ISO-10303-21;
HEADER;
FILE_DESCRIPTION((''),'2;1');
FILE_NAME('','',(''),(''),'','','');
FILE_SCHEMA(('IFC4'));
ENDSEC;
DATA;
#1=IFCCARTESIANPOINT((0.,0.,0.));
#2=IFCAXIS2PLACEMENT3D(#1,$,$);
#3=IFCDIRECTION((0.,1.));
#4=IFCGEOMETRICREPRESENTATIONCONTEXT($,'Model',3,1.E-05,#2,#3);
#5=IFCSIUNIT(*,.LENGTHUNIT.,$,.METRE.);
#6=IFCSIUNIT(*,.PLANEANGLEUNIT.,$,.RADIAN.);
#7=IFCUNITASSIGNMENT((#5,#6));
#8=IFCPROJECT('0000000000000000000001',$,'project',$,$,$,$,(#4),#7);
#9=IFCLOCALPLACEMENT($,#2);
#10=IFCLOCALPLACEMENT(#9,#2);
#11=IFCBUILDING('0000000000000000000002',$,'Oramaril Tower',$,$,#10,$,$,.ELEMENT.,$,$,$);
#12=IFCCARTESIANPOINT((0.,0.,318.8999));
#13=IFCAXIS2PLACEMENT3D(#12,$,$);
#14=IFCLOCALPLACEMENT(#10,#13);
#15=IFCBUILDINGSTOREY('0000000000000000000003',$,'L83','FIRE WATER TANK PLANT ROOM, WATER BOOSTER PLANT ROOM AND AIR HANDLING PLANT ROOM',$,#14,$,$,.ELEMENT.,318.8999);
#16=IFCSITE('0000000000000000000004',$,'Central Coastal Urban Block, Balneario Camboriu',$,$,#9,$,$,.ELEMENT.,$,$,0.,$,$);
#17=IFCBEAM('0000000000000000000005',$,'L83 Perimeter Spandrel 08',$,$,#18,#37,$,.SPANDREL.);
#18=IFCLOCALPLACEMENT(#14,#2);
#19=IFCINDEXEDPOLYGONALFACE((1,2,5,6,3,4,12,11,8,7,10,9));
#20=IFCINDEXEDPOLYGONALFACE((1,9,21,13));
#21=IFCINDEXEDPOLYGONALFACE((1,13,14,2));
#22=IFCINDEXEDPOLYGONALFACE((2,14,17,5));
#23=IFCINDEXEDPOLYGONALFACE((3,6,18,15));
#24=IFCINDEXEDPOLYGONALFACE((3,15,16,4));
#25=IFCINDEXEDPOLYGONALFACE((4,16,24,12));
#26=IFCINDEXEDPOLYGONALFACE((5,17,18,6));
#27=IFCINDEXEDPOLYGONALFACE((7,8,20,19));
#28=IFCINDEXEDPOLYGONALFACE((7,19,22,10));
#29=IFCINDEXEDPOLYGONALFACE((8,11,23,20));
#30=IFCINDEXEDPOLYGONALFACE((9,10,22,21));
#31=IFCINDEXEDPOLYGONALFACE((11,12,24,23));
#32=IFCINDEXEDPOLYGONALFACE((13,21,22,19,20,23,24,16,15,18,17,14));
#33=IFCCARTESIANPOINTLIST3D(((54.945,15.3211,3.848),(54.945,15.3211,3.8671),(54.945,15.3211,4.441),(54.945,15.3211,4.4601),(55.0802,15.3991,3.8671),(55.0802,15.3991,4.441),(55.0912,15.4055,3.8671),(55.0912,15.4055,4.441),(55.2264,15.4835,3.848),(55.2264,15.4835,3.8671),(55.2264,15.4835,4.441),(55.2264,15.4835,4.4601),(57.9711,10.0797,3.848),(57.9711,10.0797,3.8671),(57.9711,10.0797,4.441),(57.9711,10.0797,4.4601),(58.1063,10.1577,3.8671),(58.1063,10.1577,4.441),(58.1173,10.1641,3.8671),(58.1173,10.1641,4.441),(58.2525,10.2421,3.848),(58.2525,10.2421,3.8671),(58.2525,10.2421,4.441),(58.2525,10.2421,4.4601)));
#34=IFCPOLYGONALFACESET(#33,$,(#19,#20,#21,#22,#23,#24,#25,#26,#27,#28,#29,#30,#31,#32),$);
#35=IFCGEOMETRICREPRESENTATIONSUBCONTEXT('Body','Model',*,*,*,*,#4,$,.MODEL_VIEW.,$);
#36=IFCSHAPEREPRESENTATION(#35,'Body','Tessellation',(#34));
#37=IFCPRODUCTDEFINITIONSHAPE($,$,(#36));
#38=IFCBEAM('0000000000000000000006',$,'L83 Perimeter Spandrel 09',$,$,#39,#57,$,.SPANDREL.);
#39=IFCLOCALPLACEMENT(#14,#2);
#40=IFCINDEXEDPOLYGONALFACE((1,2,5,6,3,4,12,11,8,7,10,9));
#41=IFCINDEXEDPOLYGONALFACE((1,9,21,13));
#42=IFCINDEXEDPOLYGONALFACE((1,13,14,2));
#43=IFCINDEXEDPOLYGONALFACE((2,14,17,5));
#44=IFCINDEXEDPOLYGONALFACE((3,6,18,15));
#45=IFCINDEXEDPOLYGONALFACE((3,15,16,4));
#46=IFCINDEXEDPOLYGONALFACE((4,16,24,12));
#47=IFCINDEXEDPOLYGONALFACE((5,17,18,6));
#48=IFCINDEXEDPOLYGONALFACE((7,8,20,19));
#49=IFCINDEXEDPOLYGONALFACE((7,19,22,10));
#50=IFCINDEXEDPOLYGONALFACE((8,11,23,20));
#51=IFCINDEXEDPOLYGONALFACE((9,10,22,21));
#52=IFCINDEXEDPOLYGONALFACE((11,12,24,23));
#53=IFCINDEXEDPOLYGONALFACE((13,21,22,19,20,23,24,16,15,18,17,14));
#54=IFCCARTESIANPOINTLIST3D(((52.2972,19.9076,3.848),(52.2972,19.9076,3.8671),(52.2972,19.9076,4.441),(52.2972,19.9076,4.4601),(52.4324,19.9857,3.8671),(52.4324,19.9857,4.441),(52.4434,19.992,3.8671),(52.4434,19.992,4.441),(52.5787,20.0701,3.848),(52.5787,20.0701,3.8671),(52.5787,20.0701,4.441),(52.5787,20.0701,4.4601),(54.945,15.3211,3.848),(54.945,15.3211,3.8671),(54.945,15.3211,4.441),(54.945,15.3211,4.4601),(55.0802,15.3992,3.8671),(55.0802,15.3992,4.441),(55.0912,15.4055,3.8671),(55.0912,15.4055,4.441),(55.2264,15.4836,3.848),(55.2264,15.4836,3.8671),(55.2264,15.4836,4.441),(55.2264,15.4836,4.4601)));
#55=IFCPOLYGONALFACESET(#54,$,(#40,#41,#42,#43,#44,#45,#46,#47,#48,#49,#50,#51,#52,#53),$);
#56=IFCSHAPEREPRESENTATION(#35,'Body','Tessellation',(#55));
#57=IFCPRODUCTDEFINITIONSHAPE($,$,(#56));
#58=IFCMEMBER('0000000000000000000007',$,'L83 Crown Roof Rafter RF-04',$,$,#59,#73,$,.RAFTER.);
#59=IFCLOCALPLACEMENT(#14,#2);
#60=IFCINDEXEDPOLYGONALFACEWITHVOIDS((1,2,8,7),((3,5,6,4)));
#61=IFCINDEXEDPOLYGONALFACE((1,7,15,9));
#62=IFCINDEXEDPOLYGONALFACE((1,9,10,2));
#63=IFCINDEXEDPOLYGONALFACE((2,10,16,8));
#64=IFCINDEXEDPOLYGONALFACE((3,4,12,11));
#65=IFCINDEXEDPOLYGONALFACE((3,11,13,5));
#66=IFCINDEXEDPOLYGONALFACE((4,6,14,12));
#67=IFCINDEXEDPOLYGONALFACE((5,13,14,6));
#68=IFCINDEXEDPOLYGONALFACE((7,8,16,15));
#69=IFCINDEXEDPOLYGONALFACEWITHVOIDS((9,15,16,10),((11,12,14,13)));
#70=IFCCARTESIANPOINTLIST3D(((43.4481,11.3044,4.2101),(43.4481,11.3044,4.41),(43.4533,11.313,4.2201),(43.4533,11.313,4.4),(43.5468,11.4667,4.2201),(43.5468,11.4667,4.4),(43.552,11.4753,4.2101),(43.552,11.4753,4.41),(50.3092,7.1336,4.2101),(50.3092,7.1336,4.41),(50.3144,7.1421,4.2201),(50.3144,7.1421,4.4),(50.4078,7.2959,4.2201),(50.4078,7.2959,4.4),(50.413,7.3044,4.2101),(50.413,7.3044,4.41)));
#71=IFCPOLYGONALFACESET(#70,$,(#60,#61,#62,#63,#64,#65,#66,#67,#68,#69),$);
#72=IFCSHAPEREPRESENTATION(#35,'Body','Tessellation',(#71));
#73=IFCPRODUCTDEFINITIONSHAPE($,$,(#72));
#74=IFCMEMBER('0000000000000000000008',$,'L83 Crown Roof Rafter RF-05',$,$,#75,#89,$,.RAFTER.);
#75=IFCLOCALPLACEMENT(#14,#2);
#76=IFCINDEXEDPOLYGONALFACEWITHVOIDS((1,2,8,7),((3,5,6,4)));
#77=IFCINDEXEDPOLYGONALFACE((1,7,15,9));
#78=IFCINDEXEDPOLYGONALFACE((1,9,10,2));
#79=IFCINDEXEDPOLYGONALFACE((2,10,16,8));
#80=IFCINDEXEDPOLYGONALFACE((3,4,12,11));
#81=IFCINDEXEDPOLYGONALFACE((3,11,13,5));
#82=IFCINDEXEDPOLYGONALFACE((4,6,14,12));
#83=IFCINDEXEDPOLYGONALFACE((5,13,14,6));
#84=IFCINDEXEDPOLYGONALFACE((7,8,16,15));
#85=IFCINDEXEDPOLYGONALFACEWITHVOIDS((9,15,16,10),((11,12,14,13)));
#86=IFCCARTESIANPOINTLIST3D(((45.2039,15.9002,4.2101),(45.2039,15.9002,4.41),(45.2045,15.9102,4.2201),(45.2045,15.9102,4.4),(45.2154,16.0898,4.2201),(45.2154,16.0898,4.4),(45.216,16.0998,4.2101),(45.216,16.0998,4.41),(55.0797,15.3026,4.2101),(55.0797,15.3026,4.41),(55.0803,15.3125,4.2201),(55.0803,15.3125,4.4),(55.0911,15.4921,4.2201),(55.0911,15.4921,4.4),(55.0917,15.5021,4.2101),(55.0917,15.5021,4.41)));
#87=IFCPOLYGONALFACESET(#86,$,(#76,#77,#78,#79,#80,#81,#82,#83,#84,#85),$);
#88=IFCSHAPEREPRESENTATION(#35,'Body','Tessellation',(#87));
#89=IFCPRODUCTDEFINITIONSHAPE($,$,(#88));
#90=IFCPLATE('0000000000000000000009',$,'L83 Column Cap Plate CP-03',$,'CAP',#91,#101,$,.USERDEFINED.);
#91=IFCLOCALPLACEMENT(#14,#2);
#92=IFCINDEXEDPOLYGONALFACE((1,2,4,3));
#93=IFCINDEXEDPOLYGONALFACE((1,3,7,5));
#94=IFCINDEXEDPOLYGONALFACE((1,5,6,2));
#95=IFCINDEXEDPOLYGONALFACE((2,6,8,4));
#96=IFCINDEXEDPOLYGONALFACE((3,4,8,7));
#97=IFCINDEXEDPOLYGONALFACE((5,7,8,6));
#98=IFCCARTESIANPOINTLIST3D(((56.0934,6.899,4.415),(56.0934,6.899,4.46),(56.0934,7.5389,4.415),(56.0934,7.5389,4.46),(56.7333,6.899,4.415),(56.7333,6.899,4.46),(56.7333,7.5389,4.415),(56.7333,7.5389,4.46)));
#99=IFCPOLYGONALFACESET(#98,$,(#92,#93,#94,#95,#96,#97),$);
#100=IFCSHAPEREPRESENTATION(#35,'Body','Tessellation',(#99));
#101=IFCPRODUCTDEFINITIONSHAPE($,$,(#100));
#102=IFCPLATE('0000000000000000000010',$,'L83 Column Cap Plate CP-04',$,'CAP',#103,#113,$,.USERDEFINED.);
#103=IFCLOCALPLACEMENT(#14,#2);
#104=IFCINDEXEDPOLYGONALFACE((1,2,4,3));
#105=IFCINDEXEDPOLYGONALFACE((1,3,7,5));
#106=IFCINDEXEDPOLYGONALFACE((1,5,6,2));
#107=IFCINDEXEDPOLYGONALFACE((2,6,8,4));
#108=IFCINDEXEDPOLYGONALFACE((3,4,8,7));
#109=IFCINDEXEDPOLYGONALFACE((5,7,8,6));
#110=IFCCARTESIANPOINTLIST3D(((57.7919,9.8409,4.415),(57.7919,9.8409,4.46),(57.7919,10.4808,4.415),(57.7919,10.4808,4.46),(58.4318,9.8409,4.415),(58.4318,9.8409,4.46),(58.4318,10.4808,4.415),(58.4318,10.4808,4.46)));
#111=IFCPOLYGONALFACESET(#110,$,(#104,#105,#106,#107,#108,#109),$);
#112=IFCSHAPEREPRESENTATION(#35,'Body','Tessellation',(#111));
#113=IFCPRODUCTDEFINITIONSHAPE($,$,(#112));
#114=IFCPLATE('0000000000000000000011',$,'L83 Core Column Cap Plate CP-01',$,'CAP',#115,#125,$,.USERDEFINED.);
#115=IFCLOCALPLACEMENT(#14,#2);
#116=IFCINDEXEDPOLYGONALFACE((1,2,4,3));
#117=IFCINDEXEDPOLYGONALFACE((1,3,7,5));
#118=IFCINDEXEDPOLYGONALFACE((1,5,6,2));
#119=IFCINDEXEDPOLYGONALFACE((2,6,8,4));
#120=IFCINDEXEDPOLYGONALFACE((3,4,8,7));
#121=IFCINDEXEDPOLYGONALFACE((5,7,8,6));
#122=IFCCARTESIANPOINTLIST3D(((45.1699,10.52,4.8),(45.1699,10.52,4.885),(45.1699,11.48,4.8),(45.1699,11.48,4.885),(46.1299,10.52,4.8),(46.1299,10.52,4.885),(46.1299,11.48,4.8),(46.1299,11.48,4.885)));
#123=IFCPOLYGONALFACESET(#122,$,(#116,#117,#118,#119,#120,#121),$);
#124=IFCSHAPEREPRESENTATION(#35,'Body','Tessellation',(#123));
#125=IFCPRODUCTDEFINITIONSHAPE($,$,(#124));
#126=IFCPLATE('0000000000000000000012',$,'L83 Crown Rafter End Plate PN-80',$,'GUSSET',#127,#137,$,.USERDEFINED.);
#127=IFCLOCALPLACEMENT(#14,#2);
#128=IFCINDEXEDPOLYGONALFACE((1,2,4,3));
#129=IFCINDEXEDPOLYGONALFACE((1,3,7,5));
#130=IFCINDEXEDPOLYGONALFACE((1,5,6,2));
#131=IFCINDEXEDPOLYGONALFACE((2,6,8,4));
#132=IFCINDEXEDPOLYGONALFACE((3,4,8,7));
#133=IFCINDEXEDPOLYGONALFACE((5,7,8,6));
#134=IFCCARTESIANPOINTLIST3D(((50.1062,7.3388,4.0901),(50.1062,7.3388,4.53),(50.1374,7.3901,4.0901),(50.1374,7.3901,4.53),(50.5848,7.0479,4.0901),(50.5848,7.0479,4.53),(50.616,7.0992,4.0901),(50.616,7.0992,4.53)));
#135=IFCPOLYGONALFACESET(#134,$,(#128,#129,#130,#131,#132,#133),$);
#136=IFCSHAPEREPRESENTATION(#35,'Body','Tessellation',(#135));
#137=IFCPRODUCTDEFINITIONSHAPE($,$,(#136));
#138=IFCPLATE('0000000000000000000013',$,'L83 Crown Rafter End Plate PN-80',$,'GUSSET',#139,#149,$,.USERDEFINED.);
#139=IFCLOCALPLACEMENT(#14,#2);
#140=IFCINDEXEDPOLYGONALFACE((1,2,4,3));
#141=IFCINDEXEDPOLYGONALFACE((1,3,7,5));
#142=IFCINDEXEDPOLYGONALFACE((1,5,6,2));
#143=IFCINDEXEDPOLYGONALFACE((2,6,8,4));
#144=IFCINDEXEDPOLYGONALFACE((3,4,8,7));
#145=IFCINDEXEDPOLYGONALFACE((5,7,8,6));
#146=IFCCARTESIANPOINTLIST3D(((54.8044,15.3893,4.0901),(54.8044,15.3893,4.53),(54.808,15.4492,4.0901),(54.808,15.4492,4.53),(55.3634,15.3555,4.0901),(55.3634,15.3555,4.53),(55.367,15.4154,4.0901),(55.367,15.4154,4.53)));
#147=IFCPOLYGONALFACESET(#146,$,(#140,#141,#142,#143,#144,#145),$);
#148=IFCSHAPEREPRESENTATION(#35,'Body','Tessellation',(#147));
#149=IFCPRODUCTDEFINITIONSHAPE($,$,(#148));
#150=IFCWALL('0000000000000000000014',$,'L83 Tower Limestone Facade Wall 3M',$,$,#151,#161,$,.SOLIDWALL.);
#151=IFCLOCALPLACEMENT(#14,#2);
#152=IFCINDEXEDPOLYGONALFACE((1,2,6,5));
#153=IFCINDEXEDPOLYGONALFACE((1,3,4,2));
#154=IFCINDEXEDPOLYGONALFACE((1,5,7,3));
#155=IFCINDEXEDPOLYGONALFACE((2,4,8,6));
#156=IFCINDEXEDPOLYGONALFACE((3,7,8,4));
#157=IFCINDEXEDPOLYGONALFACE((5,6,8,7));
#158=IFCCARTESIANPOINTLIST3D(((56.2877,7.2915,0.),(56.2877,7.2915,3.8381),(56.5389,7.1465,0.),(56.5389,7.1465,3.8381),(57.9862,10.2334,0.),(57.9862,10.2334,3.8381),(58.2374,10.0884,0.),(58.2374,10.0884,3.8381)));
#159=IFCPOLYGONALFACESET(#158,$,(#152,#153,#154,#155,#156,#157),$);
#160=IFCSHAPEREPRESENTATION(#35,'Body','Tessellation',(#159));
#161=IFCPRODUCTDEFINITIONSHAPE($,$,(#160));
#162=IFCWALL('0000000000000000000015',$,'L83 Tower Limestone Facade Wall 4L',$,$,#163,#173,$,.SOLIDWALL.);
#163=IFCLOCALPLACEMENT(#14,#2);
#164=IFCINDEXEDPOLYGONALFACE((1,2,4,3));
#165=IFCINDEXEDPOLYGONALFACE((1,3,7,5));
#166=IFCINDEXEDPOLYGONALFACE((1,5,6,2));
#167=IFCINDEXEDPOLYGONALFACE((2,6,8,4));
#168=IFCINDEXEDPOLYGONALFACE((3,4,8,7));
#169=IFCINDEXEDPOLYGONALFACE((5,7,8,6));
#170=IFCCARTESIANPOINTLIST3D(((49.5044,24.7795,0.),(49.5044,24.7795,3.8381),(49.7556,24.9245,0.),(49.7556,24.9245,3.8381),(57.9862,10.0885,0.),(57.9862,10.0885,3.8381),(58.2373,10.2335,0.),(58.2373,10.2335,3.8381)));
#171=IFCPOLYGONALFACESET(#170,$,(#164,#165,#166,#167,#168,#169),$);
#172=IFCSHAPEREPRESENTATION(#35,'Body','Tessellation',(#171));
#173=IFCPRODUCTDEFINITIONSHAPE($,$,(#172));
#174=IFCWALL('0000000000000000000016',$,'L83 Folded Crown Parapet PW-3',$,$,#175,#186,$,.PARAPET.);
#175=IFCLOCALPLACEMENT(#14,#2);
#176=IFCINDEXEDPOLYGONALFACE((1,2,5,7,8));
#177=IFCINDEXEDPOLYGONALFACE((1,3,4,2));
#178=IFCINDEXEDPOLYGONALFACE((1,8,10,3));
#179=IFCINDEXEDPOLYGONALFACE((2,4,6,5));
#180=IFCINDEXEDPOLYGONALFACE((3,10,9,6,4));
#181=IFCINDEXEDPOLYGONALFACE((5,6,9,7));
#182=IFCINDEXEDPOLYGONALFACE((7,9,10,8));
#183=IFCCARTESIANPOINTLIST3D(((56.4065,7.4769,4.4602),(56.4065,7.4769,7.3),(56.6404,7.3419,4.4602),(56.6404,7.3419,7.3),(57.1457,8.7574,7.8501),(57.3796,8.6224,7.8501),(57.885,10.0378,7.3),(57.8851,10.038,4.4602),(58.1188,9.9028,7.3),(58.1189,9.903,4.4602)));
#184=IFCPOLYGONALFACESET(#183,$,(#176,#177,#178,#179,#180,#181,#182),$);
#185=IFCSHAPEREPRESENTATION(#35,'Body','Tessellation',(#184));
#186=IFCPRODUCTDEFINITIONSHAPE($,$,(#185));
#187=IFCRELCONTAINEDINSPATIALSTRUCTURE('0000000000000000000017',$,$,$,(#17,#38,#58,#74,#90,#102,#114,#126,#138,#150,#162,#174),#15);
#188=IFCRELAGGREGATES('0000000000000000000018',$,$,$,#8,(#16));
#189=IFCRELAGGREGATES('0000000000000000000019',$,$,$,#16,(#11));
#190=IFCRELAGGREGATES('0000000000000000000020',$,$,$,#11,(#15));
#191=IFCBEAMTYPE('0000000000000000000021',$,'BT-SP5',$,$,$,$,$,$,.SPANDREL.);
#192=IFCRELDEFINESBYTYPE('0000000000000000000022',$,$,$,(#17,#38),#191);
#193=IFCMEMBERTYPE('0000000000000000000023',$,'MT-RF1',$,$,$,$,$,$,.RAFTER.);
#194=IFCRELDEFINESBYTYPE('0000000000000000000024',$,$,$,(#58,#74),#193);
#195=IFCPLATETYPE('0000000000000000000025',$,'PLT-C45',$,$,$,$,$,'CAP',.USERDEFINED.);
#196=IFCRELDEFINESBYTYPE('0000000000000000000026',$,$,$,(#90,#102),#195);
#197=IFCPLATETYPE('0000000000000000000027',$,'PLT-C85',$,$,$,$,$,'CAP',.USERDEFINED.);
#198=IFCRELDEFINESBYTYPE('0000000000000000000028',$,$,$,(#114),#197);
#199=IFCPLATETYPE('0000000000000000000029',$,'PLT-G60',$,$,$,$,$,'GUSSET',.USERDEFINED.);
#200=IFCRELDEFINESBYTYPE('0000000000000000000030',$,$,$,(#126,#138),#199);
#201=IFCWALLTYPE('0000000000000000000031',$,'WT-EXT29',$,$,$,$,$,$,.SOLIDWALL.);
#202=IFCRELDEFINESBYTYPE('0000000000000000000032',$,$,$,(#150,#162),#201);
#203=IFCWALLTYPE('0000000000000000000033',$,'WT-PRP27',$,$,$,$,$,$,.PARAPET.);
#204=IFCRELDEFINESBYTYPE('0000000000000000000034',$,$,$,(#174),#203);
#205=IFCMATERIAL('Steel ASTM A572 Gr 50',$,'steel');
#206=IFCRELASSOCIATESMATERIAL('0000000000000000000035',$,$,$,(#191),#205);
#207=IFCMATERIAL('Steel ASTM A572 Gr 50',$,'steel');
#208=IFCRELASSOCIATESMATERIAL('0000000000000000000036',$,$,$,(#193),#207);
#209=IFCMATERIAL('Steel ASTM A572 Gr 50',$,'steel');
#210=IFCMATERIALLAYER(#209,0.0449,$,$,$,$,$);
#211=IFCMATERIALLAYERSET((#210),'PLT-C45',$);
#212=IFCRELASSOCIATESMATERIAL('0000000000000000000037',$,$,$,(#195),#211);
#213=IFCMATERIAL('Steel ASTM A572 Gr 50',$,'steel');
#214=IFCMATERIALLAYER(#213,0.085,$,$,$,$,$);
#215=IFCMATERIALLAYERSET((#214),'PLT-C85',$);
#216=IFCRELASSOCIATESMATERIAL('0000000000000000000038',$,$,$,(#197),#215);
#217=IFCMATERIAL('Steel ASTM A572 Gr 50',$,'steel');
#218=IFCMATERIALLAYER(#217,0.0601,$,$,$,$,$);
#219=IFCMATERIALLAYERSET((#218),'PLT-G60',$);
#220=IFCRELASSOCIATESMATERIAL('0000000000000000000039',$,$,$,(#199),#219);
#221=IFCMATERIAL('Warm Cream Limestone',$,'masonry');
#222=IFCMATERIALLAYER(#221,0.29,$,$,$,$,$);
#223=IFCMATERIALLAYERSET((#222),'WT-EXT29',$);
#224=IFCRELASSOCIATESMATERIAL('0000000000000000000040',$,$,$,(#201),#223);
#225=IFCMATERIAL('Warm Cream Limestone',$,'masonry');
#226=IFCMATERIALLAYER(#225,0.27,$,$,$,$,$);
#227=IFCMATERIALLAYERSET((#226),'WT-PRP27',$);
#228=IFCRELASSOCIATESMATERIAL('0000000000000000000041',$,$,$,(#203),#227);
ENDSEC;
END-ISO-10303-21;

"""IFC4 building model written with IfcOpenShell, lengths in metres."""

from ifc_helpers import new_model, si_unit, direction, frame, frame_2d, origin, origin_2d, place, context, subcontext, project, spatial, polyline, rectangle, hollow_rectangle, i_section, outline, extrude, material, layer, layer_set, material_profile, profile_set, type_object, element, save


model = new_model("IFC4")

# Units and contexts
model_context = context("Model", 3, precision=1e-05, world=origin(), true_north=direction((0.0, 1.0)))
body_context = subcontext(model_context, "Body", "Model", "MODEL_VIEW")
ifc_project = project(units=[si_unit("LENGTHUNIT", "METRE"), si_unit("PLANEANGLEUNIT", "RADIAN")], contexts=[model_context])

# Site, building, storey
site_placement = place(None, origin())
site = spatial("IfcSite", under=ifc_project, at=site_placement, Name="Central Coastal Urban Block, Balneario Camboriu", CompositionType="ELEMENT", RefElevation=0.0)
building_placement = place(site_placement, origin())
building = spatial("IfcBuilding", under=site, at=building_placement, Name="Oramaril Tower", CompositionType="ELEMENT")
storey_placement = place(building_placement, frame((0.0, 0.0, 318.8999)))
storey = spatial("IfcBuildingStorey", under=building, at=storey_placement, Name="L83", Description="FIRE WATER TANK PLANT ROOM, WATER BOOSTER PLANT ROOM AND AIR HANDLING PLANT ROOM", CompositionType="ELEMENT", Elevation=318.8999)

# Beams
ifc_material_1 = material(Name="Steel ASTM A572 Gr 50", Category="steel")
ifc_material_profile_1 = material_profile(ifc_material_1, i_section(OverallWidth=0.325, OverallDepth=0.6121, WebThickness=0.0127, FlangeThickness=0.019, at=origin_2d()), Name="W24X104")
ifc_profile_set_1 = profile_set([ifc_material_profile_1], Name="Steel ASTM A572 Gr 50")
beam_type_1 = type_object("IfcBeamType", Name="BT-SP5", PredefinedType="SPANDREL", material=ifc_profile_set_1)
beam_1_placement = place(storey_placement, frame((58.1118, 10.1609, 4.1541), z_axis=(-0.499996, 0.866028, 0.0), x_axis=(-0.866028, -0.499996, 0.0)))
element("IfcBeam", 1, at=beam_1_placement, inside=storey, type_object=beam_type_1, Name="L83 Perimeter Spandrel 08", PredefinedType="SPANDREL", context=body_context, shape_type="SweptSolid", body=[
    extrude(i_section(OverallWidth=0.325, OverallDepth=0.6121, WebThickness=0.0127, FlangeThickness=0.019, at=origin_2d()), origin(), (0.0, 0.0, 1.0), 6.0522),
])
beam_2_placement = place(storey_placement, frame((55.0857, 15.4023, 4.1541), z_axis=(-0.499962, 0.866047, 0.0), x_axis=(-0.866047, -0.499962, 0.0)))
element("IfcBeam", 2, at=beam_2_placement, inside=storey, type_object=beam_type_1, Name="L83 Perimeter Spandrel 09", PredefinedType="SPANDREL", context=body_context, shape_type="SweptSolid", body=[
    extrude(i_section(OverallWidth=0.325, OverallDepth=0.6121, WebThickness=0.0127, FlangeThickness=0.019, at=origin_2d()), origin(), (0.0, 0.0, 1.0), 5.2959),
])

# Members
ifc_material_2 = material(Name="Steel ASTM A572 Gr 50", Category="steel")
ifc_material_profile_2 = material_profile(ifc_material_2, hollow_rectangle(XDim=0.2, YDim=0.2, WallThickness=0.01, at=origin_2d()), Name="HSS200X200X10")
ifc_profile_set_2 = profile_set([ifc_material_profile_2], Name="Steel ASTM A572 Gr 50")
member_type = type_object("IfcMemberType", Name="MT-RF1", PredefinedType="RAFTER", material=ifc_profile_set_2)
member_1_placement = place(storey_placement, frame((50.3611, 7.219, 4.3101), z_axis=(-0.854498, 0.519455, 0.0), x_axis=(-0.519455, -0.854498, 0.0)))
element("IfcMember", 3, at=member_1_placement, inside=storey, type_object=member_type, Name="L83 Crown Roof Rafter RF-04", PredefinedType="RAFTER", context=body_context, shape_type="SweptSolid", body=[
    extrude(hollow_rectangle(XDim=0.2, YDim=0.2, WallThickness=0.01, at=origin_2d()), origin(), (0.0, 0.0, 1.0), 8.0293),
])
member_2_placement = place(storey_placement, frame((55.0857, 15.4023, 4.3101), z_axis=(-0.998174, 0.060407, 0.0), x_axis=(-0.060407, -0.998174, 0.0)))
element("IfcMember", 4, at=member_2_placement, inside=storey, type_object=member_type, Name="L83 Crown Roof Rafter RF-05", PredefinedType="RAFTER", context=body_context, shape_type="SweptSolid", body=[
    extrude(hollow_rectangle(XDim=0.2, YDim=0.2, WallThickness=0.01, at=origin_2d()), origin(), (0.0, 0.0, 1.0), 9.8938),
])

# Plates
ifc_material_3 = material(Name="Steel ASTM A572 Gr 50", Category="steel")
ifc_layer_1 = layer(ifc_material_3, 0.0449)
ifc_layer_set_1 = layer_set([ifc_layer_1], Name="PLT-C45")
plate_type_1 = type_object("IfcPlateType", Name="PLT-C45", ElementType="CAP", PredefinedType="USERDEFINED", material=ifc_layer_set_1)
for number, where, z_axis, x_axis, name in (
    (5, (56.4133, 7.219, 4.415), (0.0, 0.0, 1.0), (1.0, 0.0, 0.0), "L83 Column Cap Plate CP-03"),
    (6, (58.1118, 10.1609, 4.415), (0.0, 0.0, 1.0), (1.0, 0.0, 0.0), "L83 Column Cap Plate CP-04"),
):
    element("IfcPlate", number, at=place(storey_placement, frame(where, z_axis=z_axis, x_axis=x_axis)), inside=storey, type_object=plate_type_1, Name=name, ObjectType="CAP", PredefinedType="USERDEFINED", context=body_context, shape_type="SweptSolid", body=[
        extrude(rectangle(XDim=0.6399, YDim=0.6399, at=origin_2d()), origin(), (0.0, 0.0, 1.0), 0.0449),
    ])
ifc_material_4 = material(Name="Steel ASTM A572 Gr 50", Category="steel")
ifc_layer_2 = layer(ifc_material_4, 0.085)
ifc_layer_set_2 = layer_set([ifc_layer_2], Name="PLT-C85")
plate_type_2 = type_object("IfcPlateType", Name="PLT-C85", ElementType="CAP", PredefinedType="USERDEFINED", material=ifc_layer_set_2)
plate_placement = place(storey_placement, frame((45.6499, 11.0, 4.8), z_axis=(0.0, 0.0, 1.0), x_axis=(1.0, 0.0, 0.0)))
element("IfcPlate", 7, at=plate_placement, inside=storey, type_object=plate_type_2, Name="L83 Core Column Cap Plate CP-01", ObjectType="CAP", PredefinedType="USERDEFINED", context=body_context, shape_type="SweptSolid", body=[
    extrude(rectangle(XDim=0.96, YDim=0.96, at=origin_2d()), origin(), (0.0, 0.0, 1.0), 0.085),
])
ifc_material_5 = material(Name="Steel ASTM A572 Gr 50", Category="steel")
ifc_layer_3 = layer(ifc_material_5, 0.0601)
ifc_layer_set_3 = layer_set([ifc_layer_3], Name="PLT-G60")
plate_type_3 = type_object("IfcPlateType", Name="PLT-G60", ElementType="GUSSET", PredefinedType="USERDEFINED", material=ifc_layer_set_3)
for number, where, z_axis, x_axis, name in (
    (8, (50.3611, 7.219, 4.0901), (0.0, 0.0, 1.0), (-0.854492, 0.519464, 0.0), "L83 Crown Rafter End Plate PN-80"),
    (9, (55.0857, 15.4023, 4.0901), (0.0, 0.0, 1.0), (-0.998174, 0.0604, 0.0), "L83 Crown Rafter End Plate PN-80"),
):
    element("IfcPlate", number, at=place(storey_placement, frame(where, z_axis=z_axis, x_axis=x_axis)), inside=storey, type_object=plate_type_3, Name=name, ObjectType="GUSSET", PredefinedType="USERDEFINED", context=body_context, shape_type="SweptSolid", body=[
        extrude(rectangle(XDim=0.5601, YDim=0.0601, at=origin_2d()), origin(), (0.0, 0.0, 1.0), 0.4399),
    ])

# Walls
ifc_material_6 = material(Name="Warm Cream Limestone", Category="masonry")
ifc_layer_4 = layer(ifc_material_6, 0.29)
ifc_layer_set_4 = layer_set([ifc_layer_4], Name="WT-EXT29")
wall_type_1 = type_object("IfcWallType", Name="WT-EXT29", PredefinedType="SOLIDWALL", material=ifc_layer_set_4)
wall_1_placement = place(storey_placement, frame((56.4133, 7.219, 0.0), z_axis=(0.0, 0.0, 1.0), x_axis=(0.499996, 0.866028, 0.0)))
element("IfcWall", 10, at=wall_1_placement, inside=storey, type_object=wall_type_1, Name="L83 Tower Limestone Facade Wall 3M", PredefinedType="SOLIDWALL", context=body_context, shape_type="SweptSolid", body=[
    extrude(rectangle(XDim=3.397, YDim=0.29, at=frame_2d((1.6985, 0.0))), origin(), (0.0, 0.0, 1.0), 3.8381),
])
wall_2_placement = place(storey_placement, frame((58.1118, 10.1609, 0.0), z_axis=(0.0, 0.0, 1.0), x_axis=(-0.499995, 0.866028, 0.0)))
element("IfcWall", 11, at=wall_2_placement, inside=storey, type_object=wall_type_1, Name="L83 Tower Limestone Facade Wall 4L", PredefinedType="SOLIDWALL", context=body_context, shape_type="SweptSolid", body=[
    extrude(rectangle(XDim=16.9636, YDim=0.29, at=frame_2d((8.4819, 0.0))), origin(), (0.0, 0.0, 1.0), 3.8381),
])
ifc_material_7 = material(Name="Warm Cream Limestone", Category="masonry")
ifc_layer_5 = layer(ifc_material_7, 0.27)
ifc_layer_set_5 = layer_set([ifc_layer_5], Name="WT-PRP27")
wall_type_2 = type_object("IfcWallType", Name="WT-PRP27", PredefinedType="PARAPET", material=ifc_layer_set_5)
wall_3_placement = place(storey_placement, frame((56.5234, 7.4094, 4.4602), z_axis=(0.0, 0.0, 1.0), x_axis=(0.499975, 0.86604, 0.0)))
element("IfcWall", 12, at=wall_3_placement, inside=storey, type_object=wall_type_2, Name="L83 Folded Crown Parapet PW-3", PredefinedType="PARAPET", context=body_context, shape_type="SweptSolid", body=[
    extrude(outline(polyline([(0.0, 0.0), (2.9573, 0.0), (2.957, 2.8398), (1.4785, 3.3899), (0.0, 2.8398), (0.0, 0.0)])), frame((0.0, 0.135, 0.0), z_axis=(0.0, -1.0, 0.0), x_axis=(1.0, 0.0, 0.0)), (0.0, 0.0, 1.0), 0.27),
])

save(model, "model.ifc")
